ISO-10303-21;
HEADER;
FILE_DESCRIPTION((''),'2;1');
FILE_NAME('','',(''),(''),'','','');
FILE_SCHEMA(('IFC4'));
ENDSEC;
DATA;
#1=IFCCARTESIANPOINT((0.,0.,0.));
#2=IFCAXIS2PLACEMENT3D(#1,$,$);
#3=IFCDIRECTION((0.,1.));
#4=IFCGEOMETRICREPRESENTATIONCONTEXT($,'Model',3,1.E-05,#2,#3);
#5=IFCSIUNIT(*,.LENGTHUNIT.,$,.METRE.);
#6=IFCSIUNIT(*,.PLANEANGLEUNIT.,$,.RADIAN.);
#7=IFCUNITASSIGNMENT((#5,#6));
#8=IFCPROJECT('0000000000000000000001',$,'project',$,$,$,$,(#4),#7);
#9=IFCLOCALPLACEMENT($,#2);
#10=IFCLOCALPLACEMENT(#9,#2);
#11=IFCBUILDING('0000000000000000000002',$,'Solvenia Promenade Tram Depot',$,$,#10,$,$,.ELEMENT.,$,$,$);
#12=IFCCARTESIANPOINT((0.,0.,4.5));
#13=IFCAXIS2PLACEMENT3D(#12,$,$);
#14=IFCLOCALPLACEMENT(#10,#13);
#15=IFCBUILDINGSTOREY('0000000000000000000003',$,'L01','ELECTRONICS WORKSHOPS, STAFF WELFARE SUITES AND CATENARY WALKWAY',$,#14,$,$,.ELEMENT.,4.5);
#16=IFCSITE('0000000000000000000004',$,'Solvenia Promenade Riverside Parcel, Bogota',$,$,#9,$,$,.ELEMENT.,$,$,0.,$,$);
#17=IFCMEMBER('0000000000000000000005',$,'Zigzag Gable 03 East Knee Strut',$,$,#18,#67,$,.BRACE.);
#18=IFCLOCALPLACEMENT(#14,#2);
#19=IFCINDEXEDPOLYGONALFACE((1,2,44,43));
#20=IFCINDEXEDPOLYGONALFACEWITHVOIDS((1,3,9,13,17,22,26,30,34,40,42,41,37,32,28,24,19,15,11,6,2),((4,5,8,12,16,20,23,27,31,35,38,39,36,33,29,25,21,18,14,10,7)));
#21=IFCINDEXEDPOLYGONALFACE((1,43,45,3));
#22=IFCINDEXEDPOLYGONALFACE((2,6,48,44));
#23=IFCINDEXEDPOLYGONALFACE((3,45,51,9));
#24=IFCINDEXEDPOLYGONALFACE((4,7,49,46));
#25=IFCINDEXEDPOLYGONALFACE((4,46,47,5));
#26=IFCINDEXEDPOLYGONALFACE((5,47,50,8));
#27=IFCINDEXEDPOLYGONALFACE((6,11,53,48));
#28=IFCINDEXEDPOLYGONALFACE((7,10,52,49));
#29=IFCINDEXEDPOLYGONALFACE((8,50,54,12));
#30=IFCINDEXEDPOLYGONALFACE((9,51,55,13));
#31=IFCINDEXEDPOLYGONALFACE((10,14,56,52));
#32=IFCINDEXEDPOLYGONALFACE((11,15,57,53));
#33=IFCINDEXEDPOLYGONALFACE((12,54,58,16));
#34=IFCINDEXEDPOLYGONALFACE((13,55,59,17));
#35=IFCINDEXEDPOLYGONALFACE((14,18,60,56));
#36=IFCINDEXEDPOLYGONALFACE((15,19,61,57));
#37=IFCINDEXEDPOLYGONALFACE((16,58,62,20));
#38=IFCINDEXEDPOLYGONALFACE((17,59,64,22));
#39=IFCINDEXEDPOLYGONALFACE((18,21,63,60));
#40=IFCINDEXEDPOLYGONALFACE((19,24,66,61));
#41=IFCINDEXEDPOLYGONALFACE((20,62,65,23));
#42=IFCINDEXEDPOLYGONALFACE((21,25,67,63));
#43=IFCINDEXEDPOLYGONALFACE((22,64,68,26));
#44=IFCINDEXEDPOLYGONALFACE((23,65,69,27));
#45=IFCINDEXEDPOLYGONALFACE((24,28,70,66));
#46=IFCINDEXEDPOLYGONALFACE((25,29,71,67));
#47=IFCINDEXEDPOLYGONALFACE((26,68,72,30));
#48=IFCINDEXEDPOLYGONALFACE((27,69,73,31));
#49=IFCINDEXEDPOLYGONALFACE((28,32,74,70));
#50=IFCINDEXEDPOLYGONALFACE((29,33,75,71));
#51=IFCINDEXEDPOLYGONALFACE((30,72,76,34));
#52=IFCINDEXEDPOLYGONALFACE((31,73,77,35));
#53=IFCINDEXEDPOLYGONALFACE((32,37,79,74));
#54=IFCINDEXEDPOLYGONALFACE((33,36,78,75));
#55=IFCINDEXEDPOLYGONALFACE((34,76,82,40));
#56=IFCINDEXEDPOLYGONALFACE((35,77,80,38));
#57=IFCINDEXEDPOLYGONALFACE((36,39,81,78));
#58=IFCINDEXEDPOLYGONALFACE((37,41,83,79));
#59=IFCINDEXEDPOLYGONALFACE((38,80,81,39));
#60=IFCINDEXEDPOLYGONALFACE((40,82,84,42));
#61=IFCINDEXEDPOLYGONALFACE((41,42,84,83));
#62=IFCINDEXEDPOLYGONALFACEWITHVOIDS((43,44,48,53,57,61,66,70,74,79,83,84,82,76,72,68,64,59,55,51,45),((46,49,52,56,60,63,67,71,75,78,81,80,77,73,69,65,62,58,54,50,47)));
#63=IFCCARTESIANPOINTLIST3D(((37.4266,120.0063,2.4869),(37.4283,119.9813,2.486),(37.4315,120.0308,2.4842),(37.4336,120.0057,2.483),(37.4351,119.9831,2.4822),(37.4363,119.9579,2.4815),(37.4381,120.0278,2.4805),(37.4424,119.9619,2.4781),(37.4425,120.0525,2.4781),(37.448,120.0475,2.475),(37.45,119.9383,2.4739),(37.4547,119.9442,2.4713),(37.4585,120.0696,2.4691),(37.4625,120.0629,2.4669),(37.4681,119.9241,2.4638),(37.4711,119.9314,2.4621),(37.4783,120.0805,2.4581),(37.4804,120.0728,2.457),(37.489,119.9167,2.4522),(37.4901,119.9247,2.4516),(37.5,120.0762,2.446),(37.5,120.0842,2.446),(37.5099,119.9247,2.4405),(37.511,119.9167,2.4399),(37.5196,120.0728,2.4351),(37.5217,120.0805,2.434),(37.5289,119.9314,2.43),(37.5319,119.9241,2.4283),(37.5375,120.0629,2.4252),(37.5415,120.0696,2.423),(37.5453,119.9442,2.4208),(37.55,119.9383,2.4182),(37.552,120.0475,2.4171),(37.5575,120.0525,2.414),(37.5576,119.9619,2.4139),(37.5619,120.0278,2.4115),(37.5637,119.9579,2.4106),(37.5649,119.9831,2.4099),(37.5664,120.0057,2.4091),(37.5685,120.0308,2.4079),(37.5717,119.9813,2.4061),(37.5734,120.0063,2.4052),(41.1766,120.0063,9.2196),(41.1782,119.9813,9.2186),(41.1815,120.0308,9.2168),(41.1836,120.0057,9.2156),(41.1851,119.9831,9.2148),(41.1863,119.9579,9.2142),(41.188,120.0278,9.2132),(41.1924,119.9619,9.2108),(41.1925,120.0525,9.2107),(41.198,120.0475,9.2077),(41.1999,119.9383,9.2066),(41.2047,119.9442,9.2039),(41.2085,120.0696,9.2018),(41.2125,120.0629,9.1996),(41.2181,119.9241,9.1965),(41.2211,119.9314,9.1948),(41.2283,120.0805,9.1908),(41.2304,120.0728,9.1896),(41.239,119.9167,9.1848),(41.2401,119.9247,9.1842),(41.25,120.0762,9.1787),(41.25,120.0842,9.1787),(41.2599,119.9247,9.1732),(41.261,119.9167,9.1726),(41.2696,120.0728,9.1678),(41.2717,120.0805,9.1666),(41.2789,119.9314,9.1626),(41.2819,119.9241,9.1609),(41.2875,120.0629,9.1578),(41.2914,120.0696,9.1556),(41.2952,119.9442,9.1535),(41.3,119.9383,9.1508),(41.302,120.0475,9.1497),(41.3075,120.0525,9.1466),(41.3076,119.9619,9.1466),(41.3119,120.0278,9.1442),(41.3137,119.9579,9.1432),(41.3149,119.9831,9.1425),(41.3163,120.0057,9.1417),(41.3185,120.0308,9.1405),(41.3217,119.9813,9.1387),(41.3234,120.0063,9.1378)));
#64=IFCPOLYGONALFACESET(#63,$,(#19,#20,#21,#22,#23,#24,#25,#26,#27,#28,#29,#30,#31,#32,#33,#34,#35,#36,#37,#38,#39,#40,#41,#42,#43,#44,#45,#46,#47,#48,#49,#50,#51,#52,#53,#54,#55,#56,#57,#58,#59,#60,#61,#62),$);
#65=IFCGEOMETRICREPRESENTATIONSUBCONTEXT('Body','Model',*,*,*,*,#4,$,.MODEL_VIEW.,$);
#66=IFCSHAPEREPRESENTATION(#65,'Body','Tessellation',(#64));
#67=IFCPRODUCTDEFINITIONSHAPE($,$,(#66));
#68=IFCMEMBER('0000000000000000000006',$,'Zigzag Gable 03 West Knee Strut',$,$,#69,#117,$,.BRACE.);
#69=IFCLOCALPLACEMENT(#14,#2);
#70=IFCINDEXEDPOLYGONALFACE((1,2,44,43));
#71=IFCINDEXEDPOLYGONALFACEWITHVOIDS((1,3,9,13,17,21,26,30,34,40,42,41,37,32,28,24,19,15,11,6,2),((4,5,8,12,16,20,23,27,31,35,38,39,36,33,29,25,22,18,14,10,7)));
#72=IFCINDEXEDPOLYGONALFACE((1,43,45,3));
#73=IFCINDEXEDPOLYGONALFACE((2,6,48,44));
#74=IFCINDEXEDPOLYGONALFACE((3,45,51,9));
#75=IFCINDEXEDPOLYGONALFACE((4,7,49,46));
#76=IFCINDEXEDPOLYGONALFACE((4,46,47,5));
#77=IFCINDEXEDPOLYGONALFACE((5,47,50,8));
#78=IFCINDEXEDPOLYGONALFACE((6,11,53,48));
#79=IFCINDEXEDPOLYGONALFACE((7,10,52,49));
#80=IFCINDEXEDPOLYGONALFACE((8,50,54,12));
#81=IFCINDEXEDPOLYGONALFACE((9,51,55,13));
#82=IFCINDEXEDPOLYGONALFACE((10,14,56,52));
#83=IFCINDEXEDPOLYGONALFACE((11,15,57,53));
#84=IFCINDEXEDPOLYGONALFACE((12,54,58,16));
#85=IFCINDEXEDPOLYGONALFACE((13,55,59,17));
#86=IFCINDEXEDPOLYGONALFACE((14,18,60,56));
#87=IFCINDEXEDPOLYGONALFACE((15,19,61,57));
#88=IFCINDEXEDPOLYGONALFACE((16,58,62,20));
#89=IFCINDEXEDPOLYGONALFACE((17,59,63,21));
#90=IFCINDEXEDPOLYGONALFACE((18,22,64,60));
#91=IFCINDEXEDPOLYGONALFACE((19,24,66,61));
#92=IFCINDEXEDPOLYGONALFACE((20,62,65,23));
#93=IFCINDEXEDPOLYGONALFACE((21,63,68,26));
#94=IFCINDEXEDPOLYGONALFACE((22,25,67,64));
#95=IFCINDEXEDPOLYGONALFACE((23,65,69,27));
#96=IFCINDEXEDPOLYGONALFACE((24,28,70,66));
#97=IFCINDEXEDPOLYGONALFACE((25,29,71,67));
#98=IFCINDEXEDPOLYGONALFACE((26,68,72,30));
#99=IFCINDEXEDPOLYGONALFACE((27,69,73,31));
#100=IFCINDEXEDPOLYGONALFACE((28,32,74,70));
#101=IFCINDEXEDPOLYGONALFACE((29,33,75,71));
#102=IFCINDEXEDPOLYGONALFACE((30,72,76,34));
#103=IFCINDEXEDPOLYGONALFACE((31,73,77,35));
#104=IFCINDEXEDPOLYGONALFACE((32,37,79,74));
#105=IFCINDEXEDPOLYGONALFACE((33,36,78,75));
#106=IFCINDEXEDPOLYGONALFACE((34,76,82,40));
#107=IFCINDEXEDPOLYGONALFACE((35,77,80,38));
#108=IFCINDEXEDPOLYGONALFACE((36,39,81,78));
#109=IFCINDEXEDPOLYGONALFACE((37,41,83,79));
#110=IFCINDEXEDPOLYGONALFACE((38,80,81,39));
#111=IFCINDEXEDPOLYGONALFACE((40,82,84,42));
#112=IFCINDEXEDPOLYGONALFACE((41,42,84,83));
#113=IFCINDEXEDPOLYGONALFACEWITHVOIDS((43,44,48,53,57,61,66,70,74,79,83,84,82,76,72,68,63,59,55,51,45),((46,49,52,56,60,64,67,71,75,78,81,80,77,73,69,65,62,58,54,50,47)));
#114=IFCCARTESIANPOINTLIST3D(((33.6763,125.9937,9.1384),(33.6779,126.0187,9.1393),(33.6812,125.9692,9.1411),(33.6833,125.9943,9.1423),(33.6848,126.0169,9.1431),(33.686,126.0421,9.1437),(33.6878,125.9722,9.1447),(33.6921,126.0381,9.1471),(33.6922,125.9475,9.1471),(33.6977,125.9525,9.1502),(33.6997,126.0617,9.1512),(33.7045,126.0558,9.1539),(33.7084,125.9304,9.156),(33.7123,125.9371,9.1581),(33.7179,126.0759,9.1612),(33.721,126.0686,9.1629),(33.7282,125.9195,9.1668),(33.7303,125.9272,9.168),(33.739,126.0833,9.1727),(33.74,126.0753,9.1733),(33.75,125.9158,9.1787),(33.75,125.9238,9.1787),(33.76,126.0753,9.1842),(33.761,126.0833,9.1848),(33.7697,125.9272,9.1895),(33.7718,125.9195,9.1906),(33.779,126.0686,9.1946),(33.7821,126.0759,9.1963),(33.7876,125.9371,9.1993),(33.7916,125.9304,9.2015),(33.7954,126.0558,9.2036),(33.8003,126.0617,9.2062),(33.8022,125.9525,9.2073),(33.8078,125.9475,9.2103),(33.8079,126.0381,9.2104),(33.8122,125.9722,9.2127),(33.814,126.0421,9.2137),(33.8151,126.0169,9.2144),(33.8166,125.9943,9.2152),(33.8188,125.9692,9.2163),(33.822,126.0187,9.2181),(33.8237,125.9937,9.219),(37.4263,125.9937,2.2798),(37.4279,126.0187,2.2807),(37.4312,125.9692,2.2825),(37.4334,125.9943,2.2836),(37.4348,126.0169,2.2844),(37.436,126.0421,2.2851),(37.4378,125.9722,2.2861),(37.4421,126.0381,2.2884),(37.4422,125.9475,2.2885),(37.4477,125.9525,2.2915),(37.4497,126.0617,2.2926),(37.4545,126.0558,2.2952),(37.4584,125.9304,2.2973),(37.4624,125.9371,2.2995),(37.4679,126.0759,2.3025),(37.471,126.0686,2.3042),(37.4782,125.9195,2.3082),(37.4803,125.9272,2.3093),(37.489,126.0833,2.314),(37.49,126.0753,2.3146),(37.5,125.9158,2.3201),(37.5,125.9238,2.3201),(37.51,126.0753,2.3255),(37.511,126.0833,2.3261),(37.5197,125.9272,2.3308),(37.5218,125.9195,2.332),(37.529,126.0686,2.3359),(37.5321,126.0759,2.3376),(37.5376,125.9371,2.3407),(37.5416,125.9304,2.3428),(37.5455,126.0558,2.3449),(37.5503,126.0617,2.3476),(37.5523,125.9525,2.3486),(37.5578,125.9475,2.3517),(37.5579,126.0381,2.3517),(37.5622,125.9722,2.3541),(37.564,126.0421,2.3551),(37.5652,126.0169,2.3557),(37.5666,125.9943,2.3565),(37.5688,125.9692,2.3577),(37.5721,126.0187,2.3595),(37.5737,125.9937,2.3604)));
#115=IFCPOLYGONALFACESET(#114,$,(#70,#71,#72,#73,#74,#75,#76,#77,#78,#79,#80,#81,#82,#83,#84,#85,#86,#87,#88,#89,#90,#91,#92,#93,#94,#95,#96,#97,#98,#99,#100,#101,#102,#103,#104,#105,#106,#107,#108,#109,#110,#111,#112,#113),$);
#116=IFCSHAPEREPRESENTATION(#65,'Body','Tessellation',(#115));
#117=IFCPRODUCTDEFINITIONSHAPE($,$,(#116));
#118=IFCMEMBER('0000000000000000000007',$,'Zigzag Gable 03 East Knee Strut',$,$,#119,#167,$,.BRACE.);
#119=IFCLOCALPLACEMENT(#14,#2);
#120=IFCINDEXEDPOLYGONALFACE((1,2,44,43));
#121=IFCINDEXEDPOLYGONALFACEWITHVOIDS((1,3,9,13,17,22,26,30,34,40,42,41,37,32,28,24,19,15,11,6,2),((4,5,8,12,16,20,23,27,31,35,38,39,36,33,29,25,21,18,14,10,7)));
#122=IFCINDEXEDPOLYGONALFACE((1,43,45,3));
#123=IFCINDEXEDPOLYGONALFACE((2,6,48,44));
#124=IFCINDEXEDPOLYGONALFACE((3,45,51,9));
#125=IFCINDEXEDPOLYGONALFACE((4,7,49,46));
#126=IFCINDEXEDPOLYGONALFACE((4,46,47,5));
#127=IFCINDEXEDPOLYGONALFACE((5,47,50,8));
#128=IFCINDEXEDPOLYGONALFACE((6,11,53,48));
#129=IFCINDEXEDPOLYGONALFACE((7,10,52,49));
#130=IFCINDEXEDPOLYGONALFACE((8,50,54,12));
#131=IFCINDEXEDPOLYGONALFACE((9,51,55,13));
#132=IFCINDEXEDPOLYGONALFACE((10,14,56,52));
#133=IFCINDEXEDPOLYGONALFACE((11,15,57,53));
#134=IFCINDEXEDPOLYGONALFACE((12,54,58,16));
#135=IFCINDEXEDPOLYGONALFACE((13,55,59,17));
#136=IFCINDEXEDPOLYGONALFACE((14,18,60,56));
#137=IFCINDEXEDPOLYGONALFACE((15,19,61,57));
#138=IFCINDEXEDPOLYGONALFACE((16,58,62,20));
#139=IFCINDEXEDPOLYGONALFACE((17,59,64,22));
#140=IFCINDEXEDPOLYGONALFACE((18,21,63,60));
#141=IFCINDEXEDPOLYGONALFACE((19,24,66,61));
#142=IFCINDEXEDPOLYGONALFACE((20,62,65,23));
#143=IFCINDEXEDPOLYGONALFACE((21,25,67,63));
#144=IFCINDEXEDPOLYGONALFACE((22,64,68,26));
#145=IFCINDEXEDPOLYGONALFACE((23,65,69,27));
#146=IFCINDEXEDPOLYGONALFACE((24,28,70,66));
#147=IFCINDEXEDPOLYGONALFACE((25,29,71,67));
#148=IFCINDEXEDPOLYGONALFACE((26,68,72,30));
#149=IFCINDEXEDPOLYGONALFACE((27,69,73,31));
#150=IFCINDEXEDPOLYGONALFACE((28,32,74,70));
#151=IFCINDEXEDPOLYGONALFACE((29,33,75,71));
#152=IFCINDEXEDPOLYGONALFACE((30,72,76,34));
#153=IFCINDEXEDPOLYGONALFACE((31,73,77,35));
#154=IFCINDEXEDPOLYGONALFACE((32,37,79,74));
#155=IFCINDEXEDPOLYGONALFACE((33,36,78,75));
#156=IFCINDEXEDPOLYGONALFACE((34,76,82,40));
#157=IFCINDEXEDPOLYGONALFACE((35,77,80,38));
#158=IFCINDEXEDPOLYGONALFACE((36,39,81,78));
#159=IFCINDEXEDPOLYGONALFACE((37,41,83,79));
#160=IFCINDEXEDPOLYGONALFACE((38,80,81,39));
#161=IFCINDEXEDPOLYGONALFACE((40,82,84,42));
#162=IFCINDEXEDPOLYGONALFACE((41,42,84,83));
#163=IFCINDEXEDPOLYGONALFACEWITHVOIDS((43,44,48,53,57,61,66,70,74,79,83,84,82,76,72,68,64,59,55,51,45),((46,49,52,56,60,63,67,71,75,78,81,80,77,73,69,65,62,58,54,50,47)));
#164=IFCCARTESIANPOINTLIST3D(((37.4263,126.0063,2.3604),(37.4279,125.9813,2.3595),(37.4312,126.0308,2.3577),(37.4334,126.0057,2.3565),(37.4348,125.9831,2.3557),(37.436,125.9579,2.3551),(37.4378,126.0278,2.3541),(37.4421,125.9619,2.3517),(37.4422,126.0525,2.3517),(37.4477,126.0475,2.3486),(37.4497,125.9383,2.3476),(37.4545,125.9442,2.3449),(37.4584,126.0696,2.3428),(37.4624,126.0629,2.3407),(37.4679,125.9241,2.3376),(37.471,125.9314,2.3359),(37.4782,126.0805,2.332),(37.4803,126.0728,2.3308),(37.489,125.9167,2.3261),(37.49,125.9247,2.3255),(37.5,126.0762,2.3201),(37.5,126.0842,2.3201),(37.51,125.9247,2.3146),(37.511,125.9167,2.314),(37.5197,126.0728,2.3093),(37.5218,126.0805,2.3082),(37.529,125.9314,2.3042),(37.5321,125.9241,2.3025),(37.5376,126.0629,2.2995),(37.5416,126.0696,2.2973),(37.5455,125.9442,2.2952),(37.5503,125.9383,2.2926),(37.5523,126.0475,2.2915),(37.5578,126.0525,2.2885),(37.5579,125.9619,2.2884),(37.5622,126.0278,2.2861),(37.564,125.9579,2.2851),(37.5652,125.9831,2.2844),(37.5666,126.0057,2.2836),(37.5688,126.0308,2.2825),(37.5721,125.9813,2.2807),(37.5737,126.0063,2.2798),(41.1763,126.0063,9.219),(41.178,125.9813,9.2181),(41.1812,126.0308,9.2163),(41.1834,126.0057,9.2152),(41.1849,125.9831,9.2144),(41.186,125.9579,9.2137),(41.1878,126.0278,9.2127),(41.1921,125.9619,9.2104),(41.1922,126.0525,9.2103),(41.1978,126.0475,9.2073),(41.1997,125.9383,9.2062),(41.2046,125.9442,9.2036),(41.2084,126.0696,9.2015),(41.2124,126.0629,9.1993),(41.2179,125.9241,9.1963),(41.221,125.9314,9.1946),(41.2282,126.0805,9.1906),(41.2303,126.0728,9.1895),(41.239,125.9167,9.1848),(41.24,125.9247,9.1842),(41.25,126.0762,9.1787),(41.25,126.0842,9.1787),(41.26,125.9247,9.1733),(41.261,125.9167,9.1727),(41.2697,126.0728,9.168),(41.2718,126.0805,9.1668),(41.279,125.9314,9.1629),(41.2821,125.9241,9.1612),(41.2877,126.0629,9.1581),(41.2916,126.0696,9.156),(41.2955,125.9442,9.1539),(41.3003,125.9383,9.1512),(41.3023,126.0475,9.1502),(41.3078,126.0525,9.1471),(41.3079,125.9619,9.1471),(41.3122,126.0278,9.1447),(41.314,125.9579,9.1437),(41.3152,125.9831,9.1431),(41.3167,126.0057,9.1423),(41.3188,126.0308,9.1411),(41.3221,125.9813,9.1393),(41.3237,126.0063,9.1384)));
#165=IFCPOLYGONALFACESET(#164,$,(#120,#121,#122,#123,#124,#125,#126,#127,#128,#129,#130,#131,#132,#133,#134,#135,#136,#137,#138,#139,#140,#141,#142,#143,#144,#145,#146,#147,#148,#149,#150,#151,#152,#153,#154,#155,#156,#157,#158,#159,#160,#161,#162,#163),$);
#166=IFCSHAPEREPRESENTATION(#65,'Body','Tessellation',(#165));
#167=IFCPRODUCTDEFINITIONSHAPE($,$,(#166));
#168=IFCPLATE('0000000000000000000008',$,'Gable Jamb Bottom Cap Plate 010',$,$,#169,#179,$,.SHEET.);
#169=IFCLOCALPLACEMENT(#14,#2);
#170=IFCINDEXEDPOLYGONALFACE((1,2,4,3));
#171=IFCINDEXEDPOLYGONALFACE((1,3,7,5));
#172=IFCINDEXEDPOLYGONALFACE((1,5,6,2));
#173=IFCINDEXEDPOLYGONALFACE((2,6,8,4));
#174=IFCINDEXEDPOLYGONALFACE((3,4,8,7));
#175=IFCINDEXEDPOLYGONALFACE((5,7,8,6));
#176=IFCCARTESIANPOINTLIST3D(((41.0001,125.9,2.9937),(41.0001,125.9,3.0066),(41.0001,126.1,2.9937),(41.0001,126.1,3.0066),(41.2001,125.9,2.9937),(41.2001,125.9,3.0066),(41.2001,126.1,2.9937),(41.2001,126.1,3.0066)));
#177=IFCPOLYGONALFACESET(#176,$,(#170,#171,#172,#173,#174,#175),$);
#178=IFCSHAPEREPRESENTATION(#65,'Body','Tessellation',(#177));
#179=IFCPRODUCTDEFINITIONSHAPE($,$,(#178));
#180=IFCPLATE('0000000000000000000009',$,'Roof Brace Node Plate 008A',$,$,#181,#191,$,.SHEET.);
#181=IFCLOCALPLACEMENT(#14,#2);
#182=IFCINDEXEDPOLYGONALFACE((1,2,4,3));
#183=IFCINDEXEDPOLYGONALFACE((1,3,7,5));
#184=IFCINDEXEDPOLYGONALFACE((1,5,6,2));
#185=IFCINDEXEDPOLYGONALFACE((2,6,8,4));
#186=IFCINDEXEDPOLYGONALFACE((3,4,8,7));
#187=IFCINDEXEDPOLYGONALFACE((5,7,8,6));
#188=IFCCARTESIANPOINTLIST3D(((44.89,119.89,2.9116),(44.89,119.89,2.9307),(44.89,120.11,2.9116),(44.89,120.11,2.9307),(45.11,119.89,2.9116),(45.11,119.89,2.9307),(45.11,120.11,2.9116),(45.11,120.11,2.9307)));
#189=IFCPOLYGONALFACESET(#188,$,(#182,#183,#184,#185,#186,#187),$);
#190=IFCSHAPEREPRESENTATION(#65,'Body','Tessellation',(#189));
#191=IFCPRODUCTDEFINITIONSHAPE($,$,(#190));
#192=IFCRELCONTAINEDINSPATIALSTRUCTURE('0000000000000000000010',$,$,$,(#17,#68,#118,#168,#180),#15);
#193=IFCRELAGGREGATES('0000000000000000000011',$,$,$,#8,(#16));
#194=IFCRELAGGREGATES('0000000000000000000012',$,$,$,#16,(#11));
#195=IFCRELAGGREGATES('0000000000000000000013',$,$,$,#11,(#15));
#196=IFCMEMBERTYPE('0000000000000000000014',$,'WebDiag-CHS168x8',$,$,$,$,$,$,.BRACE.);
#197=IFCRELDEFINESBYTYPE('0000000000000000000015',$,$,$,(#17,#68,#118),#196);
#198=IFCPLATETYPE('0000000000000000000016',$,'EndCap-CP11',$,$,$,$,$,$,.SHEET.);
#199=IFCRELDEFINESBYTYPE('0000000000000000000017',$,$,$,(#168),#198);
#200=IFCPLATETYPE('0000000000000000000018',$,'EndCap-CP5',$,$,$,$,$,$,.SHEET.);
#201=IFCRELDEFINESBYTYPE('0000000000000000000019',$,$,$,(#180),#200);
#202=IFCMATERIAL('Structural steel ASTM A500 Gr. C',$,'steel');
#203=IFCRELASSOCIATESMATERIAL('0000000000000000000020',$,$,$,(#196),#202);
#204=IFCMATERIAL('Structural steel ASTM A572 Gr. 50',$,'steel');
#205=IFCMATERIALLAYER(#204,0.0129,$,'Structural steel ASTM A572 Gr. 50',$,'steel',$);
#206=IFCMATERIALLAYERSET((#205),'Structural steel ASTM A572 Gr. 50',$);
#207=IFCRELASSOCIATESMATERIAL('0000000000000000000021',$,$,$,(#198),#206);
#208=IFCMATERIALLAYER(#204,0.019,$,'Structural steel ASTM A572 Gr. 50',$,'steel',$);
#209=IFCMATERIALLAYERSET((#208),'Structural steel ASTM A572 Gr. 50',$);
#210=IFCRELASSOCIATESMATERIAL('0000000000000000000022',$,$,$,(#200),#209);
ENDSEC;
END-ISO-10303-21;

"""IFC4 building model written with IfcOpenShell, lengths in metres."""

from ifc_helpers import new_model, si_unit, direction, frame, origin, origin_2d, place, context, subcontext, project, spatial, rectangle, hollow_circle, extrude, material, layer, layer_set, material_profile, profile_set, type_object, element, save


model = new_model("IFC4")

# Units and contexts
model_context = context("Model", 3, precision=1e-05, world=origin(), true_north=direction((0.0, 1.0)))
body_context = subcontext(model_context, "Body", "Model", "MODEL_VIEW")
ifc_project = project(units=[si_unit("LENGTHUNIT", "METRE"), si_unit("PLANEANGLEUNIT", "RADIAN")], contexts=[model_context])

# Site, building, storey
site_placement = place(None, origin())
site = spatial("IfcSite", under=ifc_project, at=site_placement, Name="Solvenia Promenade Riverside Parcel, Bogota", CompositionType="ELEMENT", RefElevation=0.0)
building_placement = place(site_placement, origin())
building = spatial("IfcBuilding", under=site, at=building_placement, Name="Solvenia Promenade Tram Depot", CompositionType="ELEMENT")
storey_placement = place(building_placement, frame((0.0, 0.0, 4.5)))
storey = spatial("IfcBuildingStorey", under=building, at=storey_placement, Name="L01", Description="ELECTRONICS WORKSHOPS, STAFF WELFARE SUITES AND CATENARY WALKWAY", CompositionType="ELEMENT", Elevation=4.5)

# Shared definitions
ifc_material_1 = material(Name="Structural steel ASTM A500 Gr. C", Category="steel")

# Members
ifc_material_profile_1 = material_profile(ifc_material_1, hollow_circle(Radius=0.0842, WallThickness=0.0081, at=origin_2d()), Name="CHS168.3x8", Category="steel")
ifc_profile_set_1 = profile_set([ifc_material_profile_1], Name="Structural steel ASTM A500 Gr. C")
member_type_1 = type_object("IfcMemberType", Name="WebDiag-CHS168x8", PredefinedType="BRACE", material=ifc_profile_set_1)
for number, where, z_axis, x_axis, name in (
    (1, (37.5, 120.0, 2.446), (0.486598, 0.0, 0.873626), (0.0, 1.0, 0.0), "Zigzag Gable 03 East Knee Strut"),
):
    element("IfcMember", number, at=place(storey_placement, frame(where, z_axis=z_axis, x_axis=x_axis)), inside=storey, type_object=member_type_1, Name=name, PredefinedType="BRACE", context=body_context, shape_type="SweptSolid", body=[
        extrude(hollow_circle(Radius=0.0842, WallThickness=0.0081, at=origin_2d()), origin(), (0.0, 0.0, 1.0), 7.7065),
    ])
for number, where, z_axis, x_axis, name in (
    (2, (37.5, 126.0, 2.3201), (-0.479732, 0.0, 0.877415), (0.0, -1.0, 0.0), "Zigzag Gable 03 West Knee Strut"),
    (3, (37.5, 126.0, 2.3201), (0.479732, 0.0, 0.877415), (0.0, 1.0, 0.0), "Zigzag Gable 03 East Knee Strut"),
):
    element("IfcMember", number, at=place(storey_placement, frame(where, z_axis=z_axis, x_axis=x_axis)), inside=storey, type_object=member_type_1, Name=name, PredefinedType="BRACE", context=body_context, shape_type="SweptSolid", body=[
        extrude(hollow_circle(Radius=0.0842, WallThickness=0.0081, at=origin_2d()), origin(), (0.0, 0.0, 1.0), 7.8169),
    ])

# Plates
ifc_material_2 = material(Name="Structural steel ASTM A572 Gr. 50", Category="steel")
ifc_layer_1 = layer(ifc_material_2, 0.0129, Name="Structural steel ASTM A572 Gr. 50", Category="steel")
ifc_layer_set_1 = layer_set([ifc_layer_1], Name="Structural steel ASTM A572 Gr. 50")
plate_type_1 = type_object("IfcPlateType", Name="EndCap-CP11", PredefinedType="SHEET", material=ifc_layer_set_1)
plate_1_placement = place(storey_placement, frame((41.1001, 126.0, 2.9937), z_axis=(0.0, 0.0, 1.0), x_axis=(1.0, 0.0, 0.0)))
element("IfcPlate", 4, at=plate_1_placement, inside=storey, type_object=plate_type_1, Name="Gable Jamb Bottom Cap Plate 010", PredefinedType="SHEET", context=body_context, shape_type="SweptSolid", body=[
    extrude(rectangle(XDim=0.2, YDim=0.2, at=origin_2d()), origin(), (0.0, 0.0, 1.0), 0.0129),
])
ifc_layer_2 = layer(ifc_material_2, 0.019, Name="Structural steel ASTM A572 Gr. 50", Category="steel")
ifc_layer_set_2 = layer_set([ifc_layer_2], Name="Structural steel ASTM A572 Gr. 50")
plate_type_2 = type_object("IfcPlateType", Name="EndCap-CP5", PredefinedType="SHEET", material=ifc_layer_set_2)
plate_2_placement = place(storey_placement, frame((45.0, 120.0, 2.9116), z_axis=(0.0, 0.0, 1.0), x_axis=(1.0, 0.0, 0.0)))
element("IfcPlate", 5, at=plate_2_placement, inside=storey, type_object=plate_type_2, Name="Roof Brace Node Plate 008A", PredefinedType="SHEET", context=body_context, shape_type="SweptSolid", body=[
    extrude(rectangle(XDim=0.22, YDim=0.22, at=origin_2d()), origin(), (0.0, 0.0, 1.0), 0.019),
])

save(model, "model.ifc")
